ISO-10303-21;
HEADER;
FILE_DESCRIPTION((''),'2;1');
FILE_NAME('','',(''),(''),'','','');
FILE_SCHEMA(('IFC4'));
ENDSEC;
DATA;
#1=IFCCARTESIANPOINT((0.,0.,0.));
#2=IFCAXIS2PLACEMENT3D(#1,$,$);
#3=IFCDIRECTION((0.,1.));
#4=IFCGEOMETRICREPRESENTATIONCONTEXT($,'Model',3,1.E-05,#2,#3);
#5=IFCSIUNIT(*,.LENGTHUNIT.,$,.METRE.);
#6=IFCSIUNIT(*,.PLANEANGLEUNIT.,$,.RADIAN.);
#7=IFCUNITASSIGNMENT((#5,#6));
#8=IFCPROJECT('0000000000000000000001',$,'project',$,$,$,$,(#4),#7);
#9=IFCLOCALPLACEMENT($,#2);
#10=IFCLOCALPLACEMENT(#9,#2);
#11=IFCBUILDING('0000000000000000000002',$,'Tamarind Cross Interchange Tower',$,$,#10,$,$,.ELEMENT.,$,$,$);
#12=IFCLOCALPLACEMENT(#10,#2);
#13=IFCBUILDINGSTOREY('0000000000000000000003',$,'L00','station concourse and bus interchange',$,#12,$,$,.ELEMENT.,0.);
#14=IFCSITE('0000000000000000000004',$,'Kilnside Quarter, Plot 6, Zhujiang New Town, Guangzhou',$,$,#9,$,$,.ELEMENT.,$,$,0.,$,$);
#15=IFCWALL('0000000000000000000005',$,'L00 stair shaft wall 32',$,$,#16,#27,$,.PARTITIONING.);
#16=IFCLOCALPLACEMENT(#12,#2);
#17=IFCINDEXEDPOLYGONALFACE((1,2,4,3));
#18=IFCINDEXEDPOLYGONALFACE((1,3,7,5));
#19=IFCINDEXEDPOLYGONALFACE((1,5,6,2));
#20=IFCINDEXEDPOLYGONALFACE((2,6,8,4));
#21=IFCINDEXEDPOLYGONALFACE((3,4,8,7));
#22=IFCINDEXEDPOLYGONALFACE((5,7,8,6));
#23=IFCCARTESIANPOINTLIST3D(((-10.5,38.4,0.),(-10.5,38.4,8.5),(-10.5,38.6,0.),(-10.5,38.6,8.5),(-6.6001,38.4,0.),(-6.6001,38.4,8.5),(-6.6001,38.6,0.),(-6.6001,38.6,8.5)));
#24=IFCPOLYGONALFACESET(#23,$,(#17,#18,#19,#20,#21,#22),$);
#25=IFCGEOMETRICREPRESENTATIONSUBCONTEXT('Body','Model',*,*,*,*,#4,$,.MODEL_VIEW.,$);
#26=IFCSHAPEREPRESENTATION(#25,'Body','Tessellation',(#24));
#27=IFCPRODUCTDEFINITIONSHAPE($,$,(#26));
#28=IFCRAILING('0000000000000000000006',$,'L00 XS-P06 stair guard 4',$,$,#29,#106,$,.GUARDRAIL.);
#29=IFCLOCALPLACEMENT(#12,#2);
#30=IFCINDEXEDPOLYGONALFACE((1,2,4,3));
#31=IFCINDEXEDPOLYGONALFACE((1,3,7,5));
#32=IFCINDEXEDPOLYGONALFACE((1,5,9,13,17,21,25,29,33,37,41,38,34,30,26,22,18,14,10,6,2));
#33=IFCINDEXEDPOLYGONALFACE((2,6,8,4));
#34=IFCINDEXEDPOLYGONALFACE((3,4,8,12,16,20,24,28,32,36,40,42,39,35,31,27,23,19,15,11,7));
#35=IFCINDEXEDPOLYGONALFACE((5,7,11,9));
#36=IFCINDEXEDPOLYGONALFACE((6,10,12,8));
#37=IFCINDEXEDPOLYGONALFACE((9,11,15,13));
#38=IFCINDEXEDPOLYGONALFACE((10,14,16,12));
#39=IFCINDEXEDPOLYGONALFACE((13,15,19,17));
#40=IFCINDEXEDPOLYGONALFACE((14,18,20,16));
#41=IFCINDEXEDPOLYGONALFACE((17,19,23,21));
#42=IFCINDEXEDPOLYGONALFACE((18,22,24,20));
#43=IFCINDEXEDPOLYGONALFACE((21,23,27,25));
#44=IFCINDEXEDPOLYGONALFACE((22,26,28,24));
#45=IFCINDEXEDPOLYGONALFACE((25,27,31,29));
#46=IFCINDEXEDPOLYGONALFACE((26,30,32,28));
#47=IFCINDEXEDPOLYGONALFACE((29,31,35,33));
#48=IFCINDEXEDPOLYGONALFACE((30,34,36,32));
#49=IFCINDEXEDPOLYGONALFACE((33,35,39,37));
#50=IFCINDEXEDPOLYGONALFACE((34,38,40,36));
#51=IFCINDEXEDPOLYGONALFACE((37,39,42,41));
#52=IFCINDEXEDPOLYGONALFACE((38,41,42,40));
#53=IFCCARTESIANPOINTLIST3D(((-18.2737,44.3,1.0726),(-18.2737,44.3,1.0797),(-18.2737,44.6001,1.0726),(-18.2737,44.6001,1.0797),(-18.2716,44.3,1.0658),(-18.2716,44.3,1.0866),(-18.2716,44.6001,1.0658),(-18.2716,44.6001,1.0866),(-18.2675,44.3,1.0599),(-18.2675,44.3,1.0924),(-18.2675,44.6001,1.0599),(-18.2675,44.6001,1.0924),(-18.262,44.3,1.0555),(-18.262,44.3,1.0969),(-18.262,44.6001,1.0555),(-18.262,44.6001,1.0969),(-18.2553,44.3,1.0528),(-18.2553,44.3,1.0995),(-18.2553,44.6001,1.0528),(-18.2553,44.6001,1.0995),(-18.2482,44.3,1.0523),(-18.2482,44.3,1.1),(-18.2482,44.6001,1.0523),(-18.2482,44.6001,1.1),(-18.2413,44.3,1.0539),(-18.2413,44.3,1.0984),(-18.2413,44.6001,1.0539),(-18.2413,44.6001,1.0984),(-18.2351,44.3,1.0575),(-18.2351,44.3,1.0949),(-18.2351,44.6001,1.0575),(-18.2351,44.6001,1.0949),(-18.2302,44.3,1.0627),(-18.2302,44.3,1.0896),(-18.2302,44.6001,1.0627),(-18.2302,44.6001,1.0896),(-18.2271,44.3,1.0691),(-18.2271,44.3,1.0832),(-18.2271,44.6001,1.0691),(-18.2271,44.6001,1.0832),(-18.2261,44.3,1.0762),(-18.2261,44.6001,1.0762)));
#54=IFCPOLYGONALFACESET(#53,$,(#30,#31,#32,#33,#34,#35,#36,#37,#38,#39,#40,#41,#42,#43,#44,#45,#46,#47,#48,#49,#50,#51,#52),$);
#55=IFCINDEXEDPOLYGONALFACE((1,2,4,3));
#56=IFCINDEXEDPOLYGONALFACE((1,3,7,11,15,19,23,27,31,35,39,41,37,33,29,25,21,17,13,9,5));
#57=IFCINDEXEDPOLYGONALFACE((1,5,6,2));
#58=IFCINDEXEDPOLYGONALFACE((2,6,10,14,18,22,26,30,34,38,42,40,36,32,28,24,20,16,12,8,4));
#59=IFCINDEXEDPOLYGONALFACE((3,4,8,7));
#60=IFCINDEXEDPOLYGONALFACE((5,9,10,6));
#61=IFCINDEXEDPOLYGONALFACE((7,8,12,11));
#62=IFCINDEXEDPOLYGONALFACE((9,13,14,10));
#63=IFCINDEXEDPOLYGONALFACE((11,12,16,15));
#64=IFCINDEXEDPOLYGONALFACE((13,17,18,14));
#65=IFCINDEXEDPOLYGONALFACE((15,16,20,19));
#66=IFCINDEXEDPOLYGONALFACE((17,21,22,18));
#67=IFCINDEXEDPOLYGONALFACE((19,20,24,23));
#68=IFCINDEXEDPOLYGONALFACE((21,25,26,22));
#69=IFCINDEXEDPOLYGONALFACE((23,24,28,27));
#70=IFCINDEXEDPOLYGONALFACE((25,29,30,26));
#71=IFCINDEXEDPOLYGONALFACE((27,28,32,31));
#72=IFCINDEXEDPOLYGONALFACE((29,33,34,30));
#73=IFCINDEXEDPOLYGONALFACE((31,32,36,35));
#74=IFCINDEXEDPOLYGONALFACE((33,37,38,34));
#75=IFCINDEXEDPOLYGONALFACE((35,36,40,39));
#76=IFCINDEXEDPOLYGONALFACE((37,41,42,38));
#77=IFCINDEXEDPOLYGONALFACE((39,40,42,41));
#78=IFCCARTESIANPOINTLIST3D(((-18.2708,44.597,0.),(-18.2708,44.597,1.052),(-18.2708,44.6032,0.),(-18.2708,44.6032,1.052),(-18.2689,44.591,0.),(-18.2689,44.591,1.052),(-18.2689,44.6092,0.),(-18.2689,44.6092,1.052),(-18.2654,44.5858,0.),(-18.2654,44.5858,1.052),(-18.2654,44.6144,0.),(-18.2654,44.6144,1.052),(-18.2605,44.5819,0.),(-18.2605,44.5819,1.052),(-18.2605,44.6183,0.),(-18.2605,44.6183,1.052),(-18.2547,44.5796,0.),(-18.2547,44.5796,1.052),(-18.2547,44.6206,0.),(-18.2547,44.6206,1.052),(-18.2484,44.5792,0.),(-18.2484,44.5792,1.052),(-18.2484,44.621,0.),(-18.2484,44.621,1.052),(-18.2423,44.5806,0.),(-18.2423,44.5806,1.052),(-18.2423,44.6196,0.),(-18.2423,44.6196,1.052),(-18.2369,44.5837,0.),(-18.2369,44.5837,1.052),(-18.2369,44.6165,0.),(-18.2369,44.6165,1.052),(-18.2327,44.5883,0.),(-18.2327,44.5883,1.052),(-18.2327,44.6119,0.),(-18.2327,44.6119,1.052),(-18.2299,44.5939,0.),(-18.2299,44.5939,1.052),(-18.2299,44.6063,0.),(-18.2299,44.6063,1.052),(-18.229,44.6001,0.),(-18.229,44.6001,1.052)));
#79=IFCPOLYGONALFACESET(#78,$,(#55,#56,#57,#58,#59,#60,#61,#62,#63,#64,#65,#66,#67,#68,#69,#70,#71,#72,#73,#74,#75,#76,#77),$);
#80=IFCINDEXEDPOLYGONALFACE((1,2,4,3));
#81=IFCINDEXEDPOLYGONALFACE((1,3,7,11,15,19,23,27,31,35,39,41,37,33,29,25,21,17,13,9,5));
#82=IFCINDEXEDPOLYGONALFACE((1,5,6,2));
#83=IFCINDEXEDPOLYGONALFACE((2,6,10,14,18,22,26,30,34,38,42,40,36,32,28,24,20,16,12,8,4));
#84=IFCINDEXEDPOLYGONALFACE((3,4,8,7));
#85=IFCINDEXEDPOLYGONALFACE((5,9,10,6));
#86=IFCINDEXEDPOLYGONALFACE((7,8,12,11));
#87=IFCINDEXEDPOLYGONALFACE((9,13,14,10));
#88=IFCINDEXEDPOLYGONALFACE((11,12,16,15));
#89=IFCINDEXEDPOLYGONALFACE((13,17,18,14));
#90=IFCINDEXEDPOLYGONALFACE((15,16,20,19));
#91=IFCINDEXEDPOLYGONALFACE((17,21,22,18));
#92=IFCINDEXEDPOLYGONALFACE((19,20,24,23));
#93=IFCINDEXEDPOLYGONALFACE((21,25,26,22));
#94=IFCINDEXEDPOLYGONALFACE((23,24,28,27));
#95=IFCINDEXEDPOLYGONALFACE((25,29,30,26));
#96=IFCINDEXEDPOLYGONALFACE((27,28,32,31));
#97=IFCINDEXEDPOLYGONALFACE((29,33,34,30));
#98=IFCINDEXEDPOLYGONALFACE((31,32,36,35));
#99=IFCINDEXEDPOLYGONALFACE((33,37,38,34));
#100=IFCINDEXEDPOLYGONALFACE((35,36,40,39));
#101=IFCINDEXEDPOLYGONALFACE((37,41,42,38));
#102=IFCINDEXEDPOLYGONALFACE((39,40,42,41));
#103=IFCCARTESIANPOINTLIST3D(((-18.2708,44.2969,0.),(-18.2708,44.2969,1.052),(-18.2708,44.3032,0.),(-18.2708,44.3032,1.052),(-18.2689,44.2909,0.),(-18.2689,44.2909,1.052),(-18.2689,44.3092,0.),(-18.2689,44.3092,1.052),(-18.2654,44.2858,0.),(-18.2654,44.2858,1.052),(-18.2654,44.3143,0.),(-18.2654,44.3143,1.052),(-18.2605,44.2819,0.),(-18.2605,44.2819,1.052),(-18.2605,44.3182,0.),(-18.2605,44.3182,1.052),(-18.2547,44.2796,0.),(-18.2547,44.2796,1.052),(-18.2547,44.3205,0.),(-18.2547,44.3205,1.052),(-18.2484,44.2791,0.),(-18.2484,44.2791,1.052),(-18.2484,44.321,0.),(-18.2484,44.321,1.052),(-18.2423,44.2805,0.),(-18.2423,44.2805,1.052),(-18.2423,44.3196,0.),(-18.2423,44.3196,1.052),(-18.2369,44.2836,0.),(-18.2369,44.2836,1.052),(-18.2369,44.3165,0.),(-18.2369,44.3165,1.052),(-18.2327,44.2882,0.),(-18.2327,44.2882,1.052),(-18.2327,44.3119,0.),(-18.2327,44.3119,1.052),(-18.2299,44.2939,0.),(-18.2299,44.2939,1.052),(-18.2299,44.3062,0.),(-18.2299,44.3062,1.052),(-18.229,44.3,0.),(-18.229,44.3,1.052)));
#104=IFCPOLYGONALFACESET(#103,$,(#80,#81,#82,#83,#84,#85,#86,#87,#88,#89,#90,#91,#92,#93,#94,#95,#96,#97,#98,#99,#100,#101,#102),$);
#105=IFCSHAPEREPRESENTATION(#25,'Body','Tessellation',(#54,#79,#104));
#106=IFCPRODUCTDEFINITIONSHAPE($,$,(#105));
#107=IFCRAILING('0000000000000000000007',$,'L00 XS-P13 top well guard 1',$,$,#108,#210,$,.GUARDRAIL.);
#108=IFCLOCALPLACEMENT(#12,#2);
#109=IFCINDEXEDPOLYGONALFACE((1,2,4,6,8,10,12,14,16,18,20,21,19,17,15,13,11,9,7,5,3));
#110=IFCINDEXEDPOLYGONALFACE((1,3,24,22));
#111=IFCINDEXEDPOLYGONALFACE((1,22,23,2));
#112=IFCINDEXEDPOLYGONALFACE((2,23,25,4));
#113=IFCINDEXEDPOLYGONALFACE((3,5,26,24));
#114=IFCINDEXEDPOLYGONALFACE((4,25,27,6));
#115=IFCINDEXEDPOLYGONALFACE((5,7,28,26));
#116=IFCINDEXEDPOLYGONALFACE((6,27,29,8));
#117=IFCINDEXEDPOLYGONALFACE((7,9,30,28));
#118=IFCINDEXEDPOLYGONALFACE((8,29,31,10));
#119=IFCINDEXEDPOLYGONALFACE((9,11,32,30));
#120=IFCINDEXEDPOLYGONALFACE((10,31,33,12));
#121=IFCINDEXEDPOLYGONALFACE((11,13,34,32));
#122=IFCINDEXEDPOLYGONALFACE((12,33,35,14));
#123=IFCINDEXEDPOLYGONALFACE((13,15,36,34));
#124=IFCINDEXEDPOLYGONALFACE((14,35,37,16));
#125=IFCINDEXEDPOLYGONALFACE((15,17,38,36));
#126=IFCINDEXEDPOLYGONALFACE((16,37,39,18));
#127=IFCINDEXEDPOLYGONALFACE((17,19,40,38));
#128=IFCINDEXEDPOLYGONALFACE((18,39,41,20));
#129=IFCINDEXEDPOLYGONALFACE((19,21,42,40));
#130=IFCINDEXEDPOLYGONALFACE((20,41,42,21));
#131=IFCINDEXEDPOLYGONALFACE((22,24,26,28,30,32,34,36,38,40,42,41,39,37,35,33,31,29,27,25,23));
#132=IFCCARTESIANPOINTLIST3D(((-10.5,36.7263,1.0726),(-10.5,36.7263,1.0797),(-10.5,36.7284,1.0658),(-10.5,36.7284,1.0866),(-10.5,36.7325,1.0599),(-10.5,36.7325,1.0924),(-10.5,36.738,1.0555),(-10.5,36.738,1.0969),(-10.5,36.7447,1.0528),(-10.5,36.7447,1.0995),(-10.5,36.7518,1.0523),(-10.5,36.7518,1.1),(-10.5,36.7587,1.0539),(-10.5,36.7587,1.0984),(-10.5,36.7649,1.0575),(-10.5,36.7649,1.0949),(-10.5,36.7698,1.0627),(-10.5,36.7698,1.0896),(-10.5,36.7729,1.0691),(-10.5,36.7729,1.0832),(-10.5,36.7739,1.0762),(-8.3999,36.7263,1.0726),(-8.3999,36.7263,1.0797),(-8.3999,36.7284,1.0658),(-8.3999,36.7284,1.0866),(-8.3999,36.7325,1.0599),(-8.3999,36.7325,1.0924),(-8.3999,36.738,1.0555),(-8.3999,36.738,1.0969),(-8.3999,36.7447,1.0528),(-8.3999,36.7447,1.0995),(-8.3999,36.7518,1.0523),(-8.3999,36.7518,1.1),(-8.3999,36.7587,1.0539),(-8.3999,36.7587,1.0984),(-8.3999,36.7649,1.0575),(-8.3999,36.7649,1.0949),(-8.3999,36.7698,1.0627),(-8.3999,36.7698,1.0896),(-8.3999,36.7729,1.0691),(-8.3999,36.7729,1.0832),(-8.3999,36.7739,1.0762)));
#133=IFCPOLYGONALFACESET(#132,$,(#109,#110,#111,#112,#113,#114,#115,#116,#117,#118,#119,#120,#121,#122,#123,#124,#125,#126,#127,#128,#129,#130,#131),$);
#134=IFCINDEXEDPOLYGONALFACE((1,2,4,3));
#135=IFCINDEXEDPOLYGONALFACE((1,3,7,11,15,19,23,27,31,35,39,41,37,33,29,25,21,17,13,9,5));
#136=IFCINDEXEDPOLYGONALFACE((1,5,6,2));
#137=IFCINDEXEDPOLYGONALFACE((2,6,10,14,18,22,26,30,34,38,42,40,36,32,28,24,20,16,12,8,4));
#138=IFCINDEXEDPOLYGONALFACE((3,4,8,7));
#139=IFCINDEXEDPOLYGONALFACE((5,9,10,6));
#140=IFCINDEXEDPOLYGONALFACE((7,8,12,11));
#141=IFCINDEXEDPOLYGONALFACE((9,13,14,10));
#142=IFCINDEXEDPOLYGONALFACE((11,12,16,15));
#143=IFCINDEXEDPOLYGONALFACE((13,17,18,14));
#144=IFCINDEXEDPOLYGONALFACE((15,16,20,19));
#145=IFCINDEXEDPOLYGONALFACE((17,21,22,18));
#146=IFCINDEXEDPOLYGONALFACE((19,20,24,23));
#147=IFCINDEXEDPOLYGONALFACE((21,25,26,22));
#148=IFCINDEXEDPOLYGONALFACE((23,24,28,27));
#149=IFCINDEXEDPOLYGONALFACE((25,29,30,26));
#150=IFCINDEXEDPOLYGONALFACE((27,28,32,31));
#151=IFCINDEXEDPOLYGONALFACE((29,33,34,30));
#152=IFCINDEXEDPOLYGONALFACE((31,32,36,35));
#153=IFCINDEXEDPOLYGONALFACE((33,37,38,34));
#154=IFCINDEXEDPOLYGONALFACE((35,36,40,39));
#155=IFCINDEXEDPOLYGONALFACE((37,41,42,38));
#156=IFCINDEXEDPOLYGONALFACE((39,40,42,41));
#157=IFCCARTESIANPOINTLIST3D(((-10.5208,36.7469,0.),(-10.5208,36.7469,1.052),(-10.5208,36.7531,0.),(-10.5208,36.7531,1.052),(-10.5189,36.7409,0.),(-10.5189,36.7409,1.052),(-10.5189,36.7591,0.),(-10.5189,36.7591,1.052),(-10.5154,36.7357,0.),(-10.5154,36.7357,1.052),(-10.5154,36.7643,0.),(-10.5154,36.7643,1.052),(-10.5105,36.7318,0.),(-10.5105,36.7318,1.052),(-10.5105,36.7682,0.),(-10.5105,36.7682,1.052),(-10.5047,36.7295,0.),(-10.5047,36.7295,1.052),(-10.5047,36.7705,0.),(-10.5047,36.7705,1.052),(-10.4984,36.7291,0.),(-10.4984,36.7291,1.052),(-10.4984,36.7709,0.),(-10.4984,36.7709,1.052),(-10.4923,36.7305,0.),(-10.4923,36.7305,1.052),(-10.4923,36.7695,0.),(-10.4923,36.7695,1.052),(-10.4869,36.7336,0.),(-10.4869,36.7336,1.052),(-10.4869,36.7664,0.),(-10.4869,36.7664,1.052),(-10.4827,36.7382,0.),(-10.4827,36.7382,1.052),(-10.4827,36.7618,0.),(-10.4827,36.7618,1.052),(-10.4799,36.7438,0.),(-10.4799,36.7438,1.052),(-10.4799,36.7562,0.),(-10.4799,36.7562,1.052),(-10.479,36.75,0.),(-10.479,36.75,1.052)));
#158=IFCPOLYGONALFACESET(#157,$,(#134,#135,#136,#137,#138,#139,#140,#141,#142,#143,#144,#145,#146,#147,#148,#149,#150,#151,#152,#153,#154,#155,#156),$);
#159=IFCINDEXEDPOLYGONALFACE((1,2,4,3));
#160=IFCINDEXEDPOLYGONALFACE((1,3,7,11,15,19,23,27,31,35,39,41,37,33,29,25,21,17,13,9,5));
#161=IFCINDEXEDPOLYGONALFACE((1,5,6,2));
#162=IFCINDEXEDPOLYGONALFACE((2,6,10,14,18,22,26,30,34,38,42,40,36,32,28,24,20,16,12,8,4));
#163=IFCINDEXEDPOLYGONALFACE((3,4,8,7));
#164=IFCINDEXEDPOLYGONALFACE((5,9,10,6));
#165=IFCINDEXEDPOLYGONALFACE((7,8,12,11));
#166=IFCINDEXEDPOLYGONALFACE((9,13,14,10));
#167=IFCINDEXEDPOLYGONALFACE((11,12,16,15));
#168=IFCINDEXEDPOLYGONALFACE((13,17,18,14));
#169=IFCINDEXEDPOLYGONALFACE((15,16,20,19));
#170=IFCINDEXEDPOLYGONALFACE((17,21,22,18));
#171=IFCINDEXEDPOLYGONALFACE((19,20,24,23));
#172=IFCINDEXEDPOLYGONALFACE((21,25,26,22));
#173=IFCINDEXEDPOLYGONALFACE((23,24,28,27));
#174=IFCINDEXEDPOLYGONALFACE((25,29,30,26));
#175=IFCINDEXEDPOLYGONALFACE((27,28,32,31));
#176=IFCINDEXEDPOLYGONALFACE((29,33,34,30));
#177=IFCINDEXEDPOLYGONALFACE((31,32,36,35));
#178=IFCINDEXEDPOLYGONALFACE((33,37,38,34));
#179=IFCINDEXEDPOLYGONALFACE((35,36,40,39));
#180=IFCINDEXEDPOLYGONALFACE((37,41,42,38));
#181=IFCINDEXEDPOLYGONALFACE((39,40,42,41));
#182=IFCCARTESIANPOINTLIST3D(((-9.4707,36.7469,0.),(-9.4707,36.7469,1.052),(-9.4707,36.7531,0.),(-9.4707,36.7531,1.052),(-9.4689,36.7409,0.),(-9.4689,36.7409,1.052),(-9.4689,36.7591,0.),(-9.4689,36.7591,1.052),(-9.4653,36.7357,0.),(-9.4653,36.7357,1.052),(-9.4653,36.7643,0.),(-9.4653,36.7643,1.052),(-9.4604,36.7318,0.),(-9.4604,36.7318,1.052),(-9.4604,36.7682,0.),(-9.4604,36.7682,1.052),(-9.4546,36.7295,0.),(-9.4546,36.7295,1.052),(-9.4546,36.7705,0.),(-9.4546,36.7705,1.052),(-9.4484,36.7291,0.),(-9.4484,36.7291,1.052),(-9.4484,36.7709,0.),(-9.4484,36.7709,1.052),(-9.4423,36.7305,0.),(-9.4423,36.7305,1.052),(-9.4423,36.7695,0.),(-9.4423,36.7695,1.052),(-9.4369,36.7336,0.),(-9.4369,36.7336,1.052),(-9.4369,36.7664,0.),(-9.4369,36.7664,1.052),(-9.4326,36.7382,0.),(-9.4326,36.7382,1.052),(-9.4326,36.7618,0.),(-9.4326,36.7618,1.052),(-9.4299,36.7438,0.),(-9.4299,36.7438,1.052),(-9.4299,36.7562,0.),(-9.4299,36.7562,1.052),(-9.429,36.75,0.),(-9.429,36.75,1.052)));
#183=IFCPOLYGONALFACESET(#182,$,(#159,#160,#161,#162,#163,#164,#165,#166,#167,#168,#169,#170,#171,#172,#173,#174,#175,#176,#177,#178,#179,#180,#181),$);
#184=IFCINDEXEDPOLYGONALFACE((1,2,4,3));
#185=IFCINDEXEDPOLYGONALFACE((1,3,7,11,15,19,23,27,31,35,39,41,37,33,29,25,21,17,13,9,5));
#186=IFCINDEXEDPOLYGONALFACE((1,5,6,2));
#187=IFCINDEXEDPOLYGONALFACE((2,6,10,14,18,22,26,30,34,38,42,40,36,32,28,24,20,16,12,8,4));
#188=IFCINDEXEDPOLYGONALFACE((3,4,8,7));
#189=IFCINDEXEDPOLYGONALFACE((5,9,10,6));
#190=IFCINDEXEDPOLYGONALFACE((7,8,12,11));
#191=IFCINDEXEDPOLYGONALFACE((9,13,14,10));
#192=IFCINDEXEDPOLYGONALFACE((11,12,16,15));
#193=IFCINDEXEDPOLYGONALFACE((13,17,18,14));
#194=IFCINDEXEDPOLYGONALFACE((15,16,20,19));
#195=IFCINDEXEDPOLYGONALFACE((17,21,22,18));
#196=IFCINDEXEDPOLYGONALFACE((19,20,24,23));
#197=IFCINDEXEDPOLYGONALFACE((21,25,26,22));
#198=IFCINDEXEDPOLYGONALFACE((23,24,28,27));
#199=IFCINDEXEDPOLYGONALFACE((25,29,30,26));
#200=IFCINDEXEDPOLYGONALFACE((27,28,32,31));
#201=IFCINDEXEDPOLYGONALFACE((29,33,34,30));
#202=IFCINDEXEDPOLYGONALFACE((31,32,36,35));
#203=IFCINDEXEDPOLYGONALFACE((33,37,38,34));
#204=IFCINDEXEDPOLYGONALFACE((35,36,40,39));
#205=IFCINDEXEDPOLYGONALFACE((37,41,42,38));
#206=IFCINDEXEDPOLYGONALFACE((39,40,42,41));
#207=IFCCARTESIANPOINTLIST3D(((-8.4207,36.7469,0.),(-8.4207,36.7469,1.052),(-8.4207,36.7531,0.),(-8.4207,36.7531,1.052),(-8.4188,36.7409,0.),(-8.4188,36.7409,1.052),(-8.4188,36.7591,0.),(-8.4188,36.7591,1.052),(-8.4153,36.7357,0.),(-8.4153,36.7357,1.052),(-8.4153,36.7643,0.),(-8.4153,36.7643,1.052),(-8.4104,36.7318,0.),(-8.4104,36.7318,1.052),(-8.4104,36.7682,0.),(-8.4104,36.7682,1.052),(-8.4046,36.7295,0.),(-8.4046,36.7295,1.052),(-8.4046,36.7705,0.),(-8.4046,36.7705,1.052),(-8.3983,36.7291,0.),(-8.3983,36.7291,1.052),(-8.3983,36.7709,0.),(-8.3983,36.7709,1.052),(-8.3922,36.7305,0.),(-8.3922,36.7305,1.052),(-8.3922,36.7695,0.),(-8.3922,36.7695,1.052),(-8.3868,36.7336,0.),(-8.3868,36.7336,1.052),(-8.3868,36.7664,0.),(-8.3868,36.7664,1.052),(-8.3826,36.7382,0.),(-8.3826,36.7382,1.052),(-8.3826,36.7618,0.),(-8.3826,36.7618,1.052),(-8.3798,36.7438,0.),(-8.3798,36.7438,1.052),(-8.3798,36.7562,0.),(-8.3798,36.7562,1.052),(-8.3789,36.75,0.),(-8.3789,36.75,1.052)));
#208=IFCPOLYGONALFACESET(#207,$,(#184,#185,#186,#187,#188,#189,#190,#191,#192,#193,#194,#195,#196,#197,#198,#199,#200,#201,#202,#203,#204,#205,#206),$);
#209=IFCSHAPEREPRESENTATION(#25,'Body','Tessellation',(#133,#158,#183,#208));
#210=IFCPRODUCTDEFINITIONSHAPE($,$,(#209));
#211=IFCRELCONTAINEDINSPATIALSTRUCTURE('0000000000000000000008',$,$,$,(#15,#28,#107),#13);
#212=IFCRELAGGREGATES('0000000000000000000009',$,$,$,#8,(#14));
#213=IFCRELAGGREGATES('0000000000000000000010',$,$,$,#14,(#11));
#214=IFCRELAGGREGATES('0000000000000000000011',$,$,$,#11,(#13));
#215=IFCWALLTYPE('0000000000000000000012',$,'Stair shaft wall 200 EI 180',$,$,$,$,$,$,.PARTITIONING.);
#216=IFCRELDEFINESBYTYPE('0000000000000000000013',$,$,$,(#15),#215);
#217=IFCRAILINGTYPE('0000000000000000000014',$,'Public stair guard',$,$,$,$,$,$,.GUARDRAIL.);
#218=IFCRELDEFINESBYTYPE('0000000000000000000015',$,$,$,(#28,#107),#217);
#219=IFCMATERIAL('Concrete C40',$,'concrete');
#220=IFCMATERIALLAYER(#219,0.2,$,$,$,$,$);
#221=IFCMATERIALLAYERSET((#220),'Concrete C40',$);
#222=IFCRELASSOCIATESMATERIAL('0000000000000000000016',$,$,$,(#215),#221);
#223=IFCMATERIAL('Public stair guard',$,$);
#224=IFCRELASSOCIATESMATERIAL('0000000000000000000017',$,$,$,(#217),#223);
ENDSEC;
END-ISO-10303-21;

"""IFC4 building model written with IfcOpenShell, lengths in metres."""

from ifc_helpers import new_model, si_unit, direction, frame, frame_2d, origin, origin_2d, place, context, subcontext, project, spatial, rectangle, circle, extrude, material, layer, layer_set, type_object, element, save


model = new_model("IFC4")

# Units and contexts
model_context = context("Model", 3, precision=1e-05, world=origin(), true_north=direction((0.0, 1.0)))
body_context = subcontext(model_context, "Body", "Model", "MODEL_VIEW")
ifc_project = project(units=[si_unit("LENGTHUNIT", "METRE"), si_unit("PLANEANGLEUNIT", "RADIAN")], contexts=[model_context])

# Site, building, storey
site_placement = place(None, origin())
site = spatial("IfcSite", under=ifc_project, at=site_placement, Name="Kilnside Quarter, Plot 6, Zhujiang New Town, Guangzhou", CompositionType="ELEMENT", RefElevation=0.0)
building_placement = place(site_placement, origin())
building = spatial("IfcBuilding", under=site, at=building_placement, Name="Tamarind Cross Interchange Tower", CompositionType="ELEMENT")
storey_placement = place(building_placement, origin())
storey = spatial("IfcBuildingStorey", under=building, at=storey_placement, Name="L00", Description="station concourse and bus interchange", CompositionType="ELEMENT", Elevation=0.0)

# Wall
ifc_material_1 = material(Name="Concrete C40", Category="concrete")
ifc_layer_1 = layer(ifc_material_1, 0.2)
ifc_layer_set_1 = layer_set([ifc_layer_1], Name="Concrete C40")
wall_type_1 = type_object("IfcWallType", Name="Stair shaft wall 200 EI 180", PredefinedType="PARTITIONING", material=ifc_layer_set_1)
wall_1_placement = place(storey_placement, frame((-10.5, 38.5, 0.0), z_axis=(0.0, 0.0, 1.0), x_axis=(1.0, 0.0, 0.0)))
element("IfcWall", 1, at=wall_1_placement, inside=storey, type_object=wall_type_1, Name="L00 stair shaft wall 32", PredefinedType="PARTITIONING", context=body_context, shape_type="SweptSolid", body=[
    extrude(rectangle(XDim=3.8999, YDim=0.2, at=frame_2d((1.95, 0.0))), origin(), (0.0, 0.0, 1.0), 8.5),
])

# Railings
ifc_material_2 = material(Name="Public stair guard")
railing_type_1 = type_object("IfcRailingType", Name="Public stair guard", PredefinedType="GUARDRAIL", material=ifc_material_2)
railing_1_placement = place(storey_placement, frame((-18.25, 44.6001, 0.0)))
element("IfcRailing", 2, at=railing_1_placement, inside=storey, type_object=railing_type_1, Name="L00 XS-P06 stair guard 4", PredefinedType="GUARDRAIL", context=body_context, shape_type="SweptSolid", body=[
    extrude(circle(Radius=0.0239, at=origin_2d()), frame((0.0, 0.0, 1.0762), z_axis=(0.0, -1.0, 0.0), x_axis=(1.0, 0.0, 0.0)), (0.0, 0.0, 1.0), 0.3),
    extrude(circle(Radius=0.021, at=origin_2d()), origin(), (0.0, 0.0, 1.0), 1.052),
    extrude(circle(Radius=0.021, at=origin_2d()), frame((0.0, -0.3, 0.0)), (0.0, 0.0, 1.0), 1.052),
])
railing_2_placement = place(storey_placement, frame((-10.5, 36.75, 0.0)))
element("IfcRailing", 3, at=railing_2_placement, inside=storey, type_object=railing_type_1, Name="L00 XS-P13 top well guard 1", PredefinedType="GUARDRAIL", context=body_context, shape_type="SweptSolid", body=[
    extrude(circle(Radius=0.0239, at=origin_2d()), frame((0.0, 0.0, 1.0762), z_axis=(1.0, 0.0, 0.0), x_axis=(0.0, 1.0, 0.0)), (0.0, 0.0, 1.0), 2.1001),
    extrude(circle(Radius=0.021, at=origin_2d()), origin(), (0.0, 0.0, 1.0), 1.052),
    extrude(circle(Radius=0.021, at=origin_2d()), frame((1.05, 0.0, 0.0)), (0.0, 0.0, 1.0), 1.052),
    extrude(circle(Radius=0.021, at=origin_2d()), frame((2.1001, 0.0, 0.0)), (0.0, 0.0, 1.0), 1.052),
])

save(model, "model.ifc")
